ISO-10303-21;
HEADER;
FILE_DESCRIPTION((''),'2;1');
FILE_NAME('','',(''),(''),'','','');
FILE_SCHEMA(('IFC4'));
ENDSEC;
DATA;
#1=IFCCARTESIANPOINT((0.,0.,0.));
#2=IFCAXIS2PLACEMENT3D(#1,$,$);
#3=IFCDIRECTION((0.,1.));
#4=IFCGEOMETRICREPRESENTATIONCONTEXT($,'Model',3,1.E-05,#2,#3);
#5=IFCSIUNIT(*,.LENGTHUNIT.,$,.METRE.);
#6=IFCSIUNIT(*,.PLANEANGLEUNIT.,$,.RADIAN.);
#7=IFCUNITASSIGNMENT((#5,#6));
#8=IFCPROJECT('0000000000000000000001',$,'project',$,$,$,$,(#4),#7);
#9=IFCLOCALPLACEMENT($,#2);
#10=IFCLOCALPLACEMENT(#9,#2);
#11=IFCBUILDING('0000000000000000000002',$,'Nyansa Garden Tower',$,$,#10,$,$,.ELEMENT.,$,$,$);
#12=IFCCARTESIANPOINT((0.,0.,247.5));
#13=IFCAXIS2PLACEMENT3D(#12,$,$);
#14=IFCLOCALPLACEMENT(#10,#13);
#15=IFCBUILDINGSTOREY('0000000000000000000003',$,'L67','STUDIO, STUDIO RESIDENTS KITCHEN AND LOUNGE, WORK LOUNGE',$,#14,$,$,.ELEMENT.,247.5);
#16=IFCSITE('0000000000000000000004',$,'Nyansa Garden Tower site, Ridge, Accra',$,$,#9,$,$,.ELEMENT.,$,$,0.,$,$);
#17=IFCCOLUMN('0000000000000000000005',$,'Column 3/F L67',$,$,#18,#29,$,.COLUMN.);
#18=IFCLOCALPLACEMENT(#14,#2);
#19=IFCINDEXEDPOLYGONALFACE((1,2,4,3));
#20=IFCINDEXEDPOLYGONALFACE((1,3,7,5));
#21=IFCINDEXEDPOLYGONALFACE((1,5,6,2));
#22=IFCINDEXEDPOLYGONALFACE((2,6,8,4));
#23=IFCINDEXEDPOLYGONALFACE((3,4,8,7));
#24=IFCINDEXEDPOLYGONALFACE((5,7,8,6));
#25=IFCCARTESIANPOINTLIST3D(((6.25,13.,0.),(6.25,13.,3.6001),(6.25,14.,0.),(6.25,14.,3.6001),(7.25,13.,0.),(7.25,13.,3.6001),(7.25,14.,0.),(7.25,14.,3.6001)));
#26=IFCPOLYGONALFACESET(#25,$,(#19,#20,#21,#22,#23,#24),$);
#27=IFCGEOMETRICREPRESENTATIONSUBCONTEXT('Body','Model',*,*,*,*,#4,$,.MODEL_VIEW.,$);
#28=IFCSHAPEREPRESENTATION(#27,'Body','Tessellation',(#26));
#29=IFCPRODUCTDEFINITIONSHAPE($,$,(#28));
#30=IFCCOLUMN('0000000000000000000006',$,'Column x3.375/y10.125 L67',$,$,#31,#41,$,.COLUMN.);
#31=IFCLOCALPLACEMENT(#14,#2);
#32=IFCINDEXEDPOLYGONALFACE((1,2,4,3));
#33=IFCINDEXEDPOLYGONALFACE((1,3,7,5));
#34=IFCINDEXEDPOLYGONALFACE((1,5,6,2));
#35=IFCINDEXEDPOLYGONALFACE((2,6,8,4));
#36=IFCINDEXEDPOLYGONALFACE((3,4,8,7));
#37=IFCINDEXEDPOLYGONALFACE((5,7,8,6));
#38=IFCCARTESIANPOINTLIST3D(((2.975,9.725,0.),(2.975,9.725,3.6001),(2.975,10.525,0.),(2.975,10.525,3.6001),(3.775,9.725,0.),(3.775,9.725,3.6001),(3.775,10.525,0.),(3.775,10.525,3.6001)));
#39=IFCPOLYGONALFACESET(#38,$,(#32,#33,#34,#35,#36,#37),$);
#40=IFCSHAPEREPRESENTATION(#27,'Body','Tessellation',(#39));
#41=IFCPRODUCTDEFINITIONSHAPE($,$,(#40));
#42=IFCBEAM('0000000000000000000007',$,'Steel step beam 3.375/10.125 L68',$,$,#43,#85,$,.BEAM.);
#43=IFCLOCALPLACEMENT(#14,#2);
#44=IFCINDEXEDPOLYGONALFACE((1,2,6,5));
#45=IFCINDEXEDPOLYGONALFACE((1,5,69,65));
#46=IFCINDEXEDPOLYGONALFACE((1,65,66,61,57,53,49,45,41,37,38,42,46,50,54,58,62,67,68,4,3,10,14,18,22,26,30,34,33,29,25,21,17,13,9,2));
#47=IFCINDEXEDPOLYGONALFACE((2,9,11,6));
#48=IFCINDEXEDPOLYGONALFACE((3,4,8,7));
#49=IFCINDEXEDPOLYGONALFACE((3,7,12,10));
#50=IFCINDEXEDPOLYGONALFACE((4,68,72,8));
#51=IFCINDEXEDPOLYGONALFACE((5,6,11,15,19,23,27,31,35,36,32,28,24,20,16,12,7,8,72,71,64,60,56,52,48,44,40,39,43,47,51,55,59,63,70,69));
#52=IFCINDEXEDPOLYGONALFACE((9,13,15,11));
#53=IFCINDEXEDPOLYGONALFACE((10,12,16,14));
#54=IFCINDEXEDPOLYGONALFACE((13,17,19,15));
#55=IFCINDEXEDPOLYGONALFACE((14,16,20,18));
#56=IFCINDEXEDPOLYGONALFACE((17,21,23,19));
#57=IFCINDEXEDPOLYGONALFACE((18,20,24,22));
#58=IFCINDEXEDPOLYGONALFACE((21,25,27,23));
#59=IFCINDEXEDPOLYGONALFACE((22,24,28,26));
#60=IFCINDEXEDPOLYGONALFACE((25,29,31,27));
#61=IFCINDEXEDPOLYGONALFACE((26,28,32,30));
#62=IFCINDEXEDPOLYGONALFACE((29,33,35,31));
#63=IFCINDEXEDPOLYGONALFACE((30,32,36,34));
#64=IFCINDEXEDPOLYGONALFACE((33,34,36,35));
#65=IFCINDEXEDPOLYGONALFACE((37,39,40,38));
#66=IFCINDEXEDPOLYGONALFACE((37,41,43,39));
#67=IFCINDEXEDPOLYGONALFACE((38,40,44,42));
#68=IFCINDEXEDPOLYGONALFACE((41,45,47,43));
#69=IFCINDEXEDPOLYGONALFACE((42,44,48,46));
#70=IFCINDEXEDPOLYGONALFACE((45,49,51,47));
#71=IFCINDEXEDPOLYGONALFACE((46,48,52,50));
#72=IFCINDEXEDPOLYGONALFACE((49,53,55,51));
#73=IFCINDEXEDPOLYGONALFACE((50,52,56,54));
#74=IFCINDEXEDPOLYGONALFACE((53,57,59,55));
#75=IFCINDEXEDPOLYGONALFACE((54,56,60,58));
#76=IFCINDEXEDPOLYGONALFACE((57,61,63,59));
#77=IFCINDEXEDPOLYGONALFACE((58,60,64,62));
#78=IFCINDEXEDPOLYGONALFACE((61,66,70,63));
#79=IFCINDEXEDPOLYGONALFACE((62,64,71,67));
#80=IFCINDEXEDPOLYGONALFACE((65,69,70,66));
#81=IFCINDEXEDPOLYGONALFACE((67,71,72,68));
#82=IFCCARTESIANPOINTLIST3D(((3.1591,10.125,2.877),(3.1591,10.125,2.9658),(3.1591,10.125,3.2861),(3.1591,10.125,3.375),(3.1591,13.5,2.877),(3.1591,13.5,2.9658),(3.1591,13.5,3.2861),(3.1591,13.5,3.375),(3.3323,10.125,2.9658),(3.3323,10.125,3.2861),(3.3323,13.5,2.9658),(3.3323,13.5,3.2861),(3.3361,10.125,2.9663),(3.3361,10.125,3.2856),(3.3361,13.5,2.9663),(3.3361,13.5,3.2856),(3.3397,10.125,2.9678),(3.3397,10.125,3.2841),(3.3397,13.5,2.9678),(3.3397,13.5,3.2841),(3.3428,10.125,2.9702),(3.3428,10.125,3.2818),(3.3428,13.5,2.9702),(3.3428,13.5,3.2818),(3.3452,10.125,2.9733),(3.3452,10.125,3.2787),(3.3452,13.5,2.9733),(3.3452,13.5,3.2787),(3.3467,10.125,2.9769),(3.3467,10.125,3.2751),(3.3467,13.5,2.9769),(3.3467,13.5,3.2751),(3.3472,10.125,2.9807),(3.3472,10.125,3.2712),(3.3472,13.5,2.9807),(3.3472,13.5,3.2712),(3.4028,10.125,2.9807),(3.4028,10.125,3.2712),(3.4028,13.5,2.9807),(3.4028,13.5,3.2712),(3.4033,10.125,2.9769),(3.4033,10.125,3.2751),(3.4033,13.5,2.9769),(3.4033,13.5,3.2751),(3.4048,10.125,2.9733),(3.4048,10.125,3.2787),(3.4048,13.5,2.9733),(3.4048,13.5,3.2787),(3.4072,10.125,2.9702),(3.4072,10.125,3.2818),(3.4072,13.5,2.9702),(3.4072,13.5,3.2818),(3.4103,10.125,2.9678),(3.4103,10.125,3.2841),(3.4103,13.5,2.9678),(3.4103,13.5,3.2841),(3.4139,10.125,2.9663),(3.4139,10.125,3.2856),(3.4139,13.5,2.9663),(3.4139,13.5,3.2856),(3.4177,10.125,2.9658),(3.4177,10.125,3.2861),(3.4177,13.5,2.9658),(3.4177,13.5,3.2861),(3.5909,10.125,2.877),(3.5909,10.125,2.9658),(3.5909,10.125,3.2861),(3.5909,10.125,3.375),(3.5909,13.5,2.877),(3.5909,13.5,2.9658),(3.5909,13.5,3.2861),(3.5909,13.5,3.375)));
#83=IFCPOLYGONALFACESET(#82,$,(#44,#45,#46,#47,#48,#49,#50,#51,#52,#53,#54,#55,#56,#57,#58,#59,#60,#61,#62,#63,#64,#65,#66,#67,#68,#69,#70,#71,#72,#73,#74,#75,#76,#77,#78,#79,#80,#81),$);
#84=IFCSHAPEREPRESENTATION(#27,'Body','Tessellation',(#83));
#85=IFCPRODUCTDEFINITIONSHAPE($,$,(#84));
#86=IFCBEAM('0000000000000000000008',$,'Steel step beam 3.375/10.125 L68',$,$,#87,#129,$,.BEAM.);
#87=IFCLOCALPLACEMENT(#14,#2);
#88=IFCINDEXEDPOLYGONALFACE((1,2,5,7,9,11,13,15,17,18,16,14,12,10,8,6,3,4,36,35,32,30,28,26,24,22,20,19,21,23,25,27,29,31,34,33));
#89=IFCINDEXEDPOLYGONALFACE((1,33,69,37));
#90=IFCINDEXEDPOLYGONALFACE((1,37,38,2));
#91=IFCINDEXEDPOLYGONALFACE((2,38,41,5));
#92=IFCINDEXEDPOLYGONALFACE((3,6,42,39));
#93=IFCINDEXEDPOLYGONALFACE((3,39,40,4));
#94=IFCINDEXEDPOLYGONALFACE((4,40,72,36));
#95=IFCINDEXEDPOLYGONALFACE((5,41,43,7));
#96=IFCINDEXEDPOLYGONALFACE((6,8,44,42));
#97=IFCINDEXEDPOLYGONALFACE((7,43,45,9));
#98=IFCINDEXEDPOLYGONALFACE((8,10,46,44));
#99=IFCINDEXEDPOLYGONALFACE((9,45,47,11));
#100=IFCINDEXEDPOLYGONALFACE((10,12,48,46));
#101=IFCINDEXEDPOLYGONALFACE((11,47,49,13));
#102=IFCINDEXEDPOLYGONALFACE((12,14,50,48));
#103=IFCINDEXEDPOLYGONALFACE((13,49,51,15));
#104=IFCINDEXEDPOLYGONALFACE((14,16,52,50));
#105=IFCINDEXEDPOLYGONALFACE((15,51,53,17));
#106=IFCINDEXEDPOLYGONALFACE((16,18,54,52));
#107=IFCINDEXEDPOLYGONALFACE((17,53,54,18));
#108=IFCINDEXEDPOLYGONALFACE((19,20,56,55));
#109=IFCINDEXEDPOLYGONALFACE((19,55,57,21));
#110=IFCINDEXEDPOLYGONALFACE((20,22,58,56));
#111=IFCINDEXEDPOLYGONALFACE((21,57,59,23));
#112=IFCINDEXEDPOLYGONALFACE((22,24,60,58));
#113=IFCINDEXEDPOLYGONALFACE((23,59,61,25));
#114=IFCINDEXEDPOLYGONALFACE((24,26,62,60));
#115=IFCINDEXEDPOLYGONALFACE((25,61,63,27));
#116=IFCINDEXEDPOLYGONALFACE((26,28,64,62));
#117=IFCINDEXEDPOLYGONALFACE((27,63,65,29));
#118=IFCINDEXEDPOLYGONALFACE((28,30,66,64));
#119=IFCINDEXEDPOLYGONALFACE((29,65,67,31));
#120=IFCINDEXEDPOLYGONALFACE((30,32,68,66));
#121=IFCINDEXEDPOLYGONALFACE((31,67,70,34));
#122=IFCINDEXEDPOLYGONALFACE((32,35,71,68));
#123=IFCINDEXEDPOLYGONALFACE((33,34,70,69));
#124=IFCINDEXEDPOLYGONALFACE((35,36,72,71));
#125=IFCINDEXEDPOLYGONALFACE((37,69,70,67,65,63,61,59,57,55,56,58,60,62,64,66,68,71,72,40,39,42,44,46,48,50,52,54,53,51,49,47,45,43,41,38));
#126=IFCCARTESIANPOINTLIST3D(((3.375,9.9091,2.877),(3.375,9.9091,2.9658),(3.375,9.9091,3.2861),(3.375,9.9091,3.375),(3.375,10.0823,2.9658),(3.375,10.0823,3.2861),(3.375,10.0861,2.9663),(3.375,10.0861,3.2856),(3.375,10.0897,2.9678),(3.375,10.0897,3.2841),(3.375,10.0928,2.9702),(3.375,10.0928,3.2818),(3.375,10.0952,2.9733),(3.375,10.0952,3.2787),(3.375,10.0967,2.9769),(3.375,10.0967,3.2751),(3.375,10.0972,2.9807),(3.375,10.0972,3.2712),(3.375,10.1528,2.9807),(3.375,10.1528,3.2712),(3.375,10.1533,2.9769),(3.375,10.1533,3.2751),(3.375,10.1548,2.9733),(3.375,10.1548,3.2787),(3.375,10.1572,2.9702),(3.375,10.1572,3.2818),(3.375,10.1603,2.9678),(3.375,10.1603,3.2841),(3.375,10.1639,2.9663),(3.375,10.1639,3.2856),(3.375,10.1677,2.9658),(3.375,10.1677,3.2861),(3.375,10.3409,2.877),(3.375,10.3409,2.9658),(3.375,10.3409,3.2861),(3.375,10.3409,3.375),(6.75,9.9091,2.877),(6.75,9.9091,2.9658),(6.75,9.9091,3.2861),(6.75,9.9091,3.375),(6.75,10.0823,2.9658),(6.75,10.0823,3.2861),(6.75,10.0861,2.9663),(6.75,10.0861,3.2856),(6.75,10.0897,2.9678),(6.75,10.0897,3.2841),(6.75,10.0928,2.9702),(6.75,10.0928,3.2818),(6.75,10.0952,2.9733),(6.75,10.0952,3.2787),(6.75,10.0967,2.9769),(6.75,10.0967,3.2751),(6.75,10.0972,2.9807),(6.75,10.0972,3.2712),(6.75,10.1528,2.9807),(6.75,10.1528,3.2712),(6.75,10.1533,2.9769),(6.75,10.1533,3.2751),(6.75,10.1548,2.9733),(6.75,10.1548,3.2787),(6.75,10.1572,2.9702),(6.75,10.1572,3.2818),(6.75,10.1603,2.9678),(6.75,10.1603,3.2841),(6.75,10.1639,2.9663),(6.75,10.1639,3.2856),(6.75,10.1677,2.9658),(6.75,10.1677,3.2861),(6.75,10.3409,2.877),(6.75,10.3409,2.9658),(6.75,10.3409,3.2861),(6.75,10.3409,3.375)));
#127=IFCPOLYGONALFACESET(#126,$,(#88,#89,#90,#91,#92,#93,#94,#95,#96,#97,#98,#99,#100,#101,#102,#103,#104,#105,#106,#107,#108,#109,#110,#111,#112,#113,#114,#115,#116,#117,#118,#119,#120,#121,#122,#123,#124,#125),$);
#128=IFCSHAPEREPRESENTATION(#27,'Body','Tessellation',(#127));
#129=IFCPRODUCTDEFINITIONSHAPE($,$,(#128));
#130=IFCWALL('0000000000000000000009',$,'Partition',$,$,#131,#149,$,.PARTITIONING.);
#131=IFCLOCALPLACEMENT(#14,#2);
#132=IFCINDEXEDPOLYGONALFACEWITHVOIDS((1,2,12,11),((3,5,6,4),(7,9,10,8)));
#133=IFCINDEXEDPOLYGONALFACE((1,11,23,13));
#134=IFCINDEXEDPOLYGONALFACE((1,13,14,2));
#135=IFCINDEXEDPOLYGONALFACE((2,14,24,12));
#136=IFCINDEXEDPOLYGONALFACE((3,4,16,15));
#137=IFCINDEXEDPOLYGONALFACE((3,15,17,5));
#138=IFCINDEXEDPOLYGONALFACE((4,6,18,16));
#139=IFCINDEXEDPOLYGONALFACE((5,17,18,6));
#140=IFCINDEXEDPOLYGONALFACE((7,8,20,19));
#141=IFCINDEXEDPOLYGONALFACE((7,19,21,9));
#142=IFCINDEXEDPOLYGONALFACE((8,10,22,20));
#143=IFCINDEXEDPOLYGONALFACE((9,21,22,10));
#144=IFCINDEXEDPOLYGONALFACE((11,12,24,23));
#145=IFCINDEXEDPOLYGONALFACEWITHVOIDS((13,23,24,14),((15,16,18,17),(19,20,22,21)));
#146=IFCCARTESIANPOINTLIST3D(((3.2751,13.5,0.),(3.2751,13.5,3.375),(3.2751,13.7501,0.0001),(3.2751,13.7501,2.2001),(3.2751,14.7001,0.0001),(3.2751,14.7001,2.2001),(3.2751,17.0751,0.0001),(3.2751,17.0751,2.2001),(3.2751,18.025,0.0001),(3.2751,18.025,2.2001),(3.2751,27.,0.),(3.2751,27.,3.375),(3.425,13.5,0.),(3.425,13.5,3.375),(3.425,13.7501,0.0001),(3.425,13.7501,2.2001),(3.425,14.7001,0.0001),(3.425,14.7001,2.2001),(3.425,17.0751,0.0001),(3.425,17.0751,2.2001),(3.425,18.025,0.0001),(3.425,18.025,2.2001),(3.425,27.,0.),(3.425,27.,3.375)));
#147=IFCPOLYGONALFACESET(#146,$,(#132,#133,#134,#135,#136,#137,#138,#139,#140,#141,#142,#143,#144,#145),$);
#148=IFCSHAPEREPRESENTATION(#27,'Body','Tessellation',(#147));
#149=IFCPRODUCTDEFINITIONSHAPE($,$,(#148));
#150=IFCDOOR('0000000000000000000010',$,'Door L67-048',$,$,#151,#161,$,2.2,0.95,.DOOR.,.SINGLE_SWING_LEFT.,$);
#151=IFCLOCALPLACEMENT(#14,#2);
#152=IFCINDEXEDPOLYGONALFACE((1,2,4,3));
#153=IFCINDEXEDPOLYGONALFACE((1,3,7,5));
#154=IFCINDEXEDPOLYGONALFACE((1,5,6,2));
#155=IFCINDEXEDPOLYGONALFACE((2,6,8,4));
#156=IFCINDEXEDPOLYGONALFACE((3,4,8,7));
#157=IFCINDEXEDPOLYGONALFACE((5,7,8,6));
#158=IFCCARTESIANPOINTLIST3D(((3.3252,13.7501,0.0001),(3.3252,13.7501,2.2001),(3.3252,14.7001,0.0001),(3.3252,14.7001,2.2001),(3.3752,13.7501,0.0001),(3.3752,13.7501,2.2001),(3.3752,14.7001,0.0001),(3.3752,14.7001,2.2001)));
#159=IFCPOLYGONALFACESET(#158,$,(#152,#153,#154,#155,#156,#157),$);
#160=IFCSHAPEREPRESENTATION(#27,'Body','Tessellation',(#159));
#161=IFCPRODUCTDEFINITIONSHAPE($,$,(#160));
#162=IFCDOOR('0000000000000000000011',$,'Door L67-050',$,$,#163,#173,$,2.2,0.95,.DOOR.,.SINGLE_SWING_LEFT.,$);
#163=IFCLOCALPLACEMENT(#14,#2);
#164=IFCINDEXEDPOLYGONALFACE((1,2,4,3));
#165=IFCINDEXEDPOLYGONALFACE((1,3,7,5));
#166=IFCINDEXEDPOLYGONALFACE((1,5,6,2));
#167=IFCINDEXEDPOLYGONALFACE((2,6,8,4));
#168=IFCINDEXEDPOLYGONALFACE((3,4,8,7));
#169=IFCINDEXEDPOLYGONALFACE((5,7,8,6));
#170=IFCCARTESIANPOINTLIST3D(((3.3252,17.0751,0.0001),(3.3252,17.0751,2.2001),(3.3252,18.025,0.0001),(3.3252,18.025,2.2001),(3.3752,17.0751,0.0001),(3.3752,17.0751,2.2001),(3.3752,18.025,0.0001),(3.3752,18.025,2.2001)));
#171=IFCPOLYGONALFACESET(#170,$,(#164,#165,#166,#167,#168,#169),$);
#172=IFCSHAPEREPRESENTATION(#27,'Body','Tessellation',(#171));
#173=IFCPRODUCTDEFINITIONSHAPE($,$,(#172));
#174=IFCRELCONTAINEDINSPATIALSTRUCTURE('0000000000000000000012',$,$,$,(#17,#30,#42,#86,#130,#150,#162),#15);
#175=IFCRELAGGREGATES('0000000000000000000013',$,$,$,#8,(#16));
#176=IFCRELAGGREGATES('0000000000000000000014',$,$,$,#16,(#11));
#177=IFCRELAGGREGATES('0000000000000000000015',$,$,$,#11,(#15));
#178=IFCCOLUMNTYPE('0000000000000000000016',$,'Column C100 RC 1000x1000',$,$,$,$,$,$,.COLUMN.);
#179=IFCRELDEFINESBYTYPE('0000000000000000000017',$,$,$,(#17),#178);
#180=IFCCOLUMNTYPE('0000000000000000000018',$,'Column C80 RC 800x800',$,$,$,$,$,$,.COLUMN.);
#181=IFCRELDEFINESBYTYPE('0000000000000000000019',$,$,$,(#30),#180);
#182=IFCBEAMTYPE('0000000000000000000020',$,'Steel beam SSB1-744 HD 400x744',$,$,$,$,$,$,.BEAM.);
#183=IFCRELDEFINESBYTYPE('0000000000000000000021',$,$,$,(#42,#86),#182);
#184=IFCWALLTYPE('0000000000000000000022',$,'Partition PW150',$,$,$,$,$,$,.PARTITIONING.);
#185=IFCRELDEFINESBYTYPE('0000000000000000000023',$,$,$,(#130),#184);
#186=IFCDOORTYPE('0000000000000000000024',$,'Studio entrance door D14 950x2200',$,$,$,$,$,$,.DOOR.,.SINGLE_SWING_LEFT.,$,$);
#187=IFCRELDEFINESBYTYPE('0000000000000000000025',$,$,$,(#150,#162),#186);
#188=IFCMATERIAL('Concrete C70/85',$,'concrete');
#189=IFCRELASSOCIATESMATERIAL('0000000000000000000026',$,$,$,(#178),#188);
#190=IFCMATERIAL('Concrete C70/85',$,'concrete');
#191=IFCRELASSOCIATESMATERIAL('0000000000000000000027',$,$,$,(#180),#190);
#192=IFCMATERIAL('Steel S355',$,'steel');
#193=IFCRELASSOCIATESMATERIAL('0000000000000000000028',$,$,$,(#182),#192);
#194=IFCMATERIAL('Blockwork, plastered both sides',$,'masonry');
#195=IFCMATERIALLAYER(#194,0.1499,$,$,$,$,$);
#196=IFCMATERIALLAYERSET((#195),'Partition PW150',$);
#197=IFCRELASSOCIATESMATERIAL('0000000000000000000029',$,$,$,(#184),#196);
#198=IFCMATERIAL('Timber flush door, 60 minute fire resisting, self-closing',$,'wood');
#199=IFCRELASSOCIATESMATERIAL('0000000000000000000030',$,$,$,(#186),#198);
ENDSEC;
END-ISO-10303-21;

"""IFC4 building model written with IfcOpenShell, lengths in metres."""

from ifc_helpers import new_model, si_unit, direction, frame, frame_2d, origin, origin_2d, place, context, subcontext, project, spatial, rectangle, i_section, extrude, material, layer, layer_set, material_profile, profile_set, type_object, element, fill, save


model = new_model("IFC4")

# Units and contexts
model_context = context("Model", 3, precision=1e-05, world=origin(), true_north=direction((0.0, 1.0)))
body_context = subcontext(model_context, "Body", "Model", "MODEL_VIEW")
ifc_project = project(units=[si_unit("LENGTHUNIT", "METRE"), si_unit("PLANEANGLEUNIT", "RADIAN")], contexts=[model_context])

# Site, building, storey
site_placement = place(None, origin())
site = spatial("IfcSite", under=ifc_project, at=site_placement, Name="Nyansa Garden Tower site, Ridge, Accra", CompositionType="ELEMENT", RefElevation=0.0)
building_placement = place(site_placement, origin())
building = spatial("IfcBuilding", under=site, at=building_placement, Name="Nyansa Garden Tower", CompositionType="ELEMENT")
storey_placement = place(building_placement, frame((0.0, 0.0, 247.5)))
storey = spatial("IfcBuildingStorey", under=building, at=storey_placement, Name="L67", Description="STUDIO, STUDIO RESIDENTS KITCHEN AND LOUNGE, WORK LOUNGE", CompositionType="ELEMENT", Elevation=247.5)

# Columns
ifc_material_1 = material(Name="Concrete C70/85", Category="concrete")
ifc_material_profile_1 = material_profile(ifc_material_1, rectangle(XDim=1.0, YDim=1.0, at=origin_2d()), Name="RC 1000x1000")
ifc_profile_set_1 = profile_set([ifc_material_profile_1], Name="Concrete C70/85")
column_type_1 = type_object("IfcColumnType", Name="Column C100 RC 1000x1000", PredefinedType="COLUMN", material=ifc_profile_set_1)
column_1_placement = place(storey_placement, frame((6.75, 13.5, 0.0), z_axis=(0.0, 0.0, 1.0), x_axis=(1.0, 0.0, 0.0)))
element("IfcColumn", 1, at=column_1_placement, inside=storey, type_object=column_type_1, Name="Column 3/F L67", PredefinedType="COLUMN", context=body_context, shape_type="SweptSolid", body=[
    extrude(rectangle(XDim=1.0, YDim=1.0, at=origin_2d()), origin(), (0.0, 0.0, 1.0), 3.6001),
])
ifc_material_2 = material(Name="Concrete C70/85", Category="concrete")
ifc_material_profile_2 = material_profile(ifc_material_2, rectangle(XDim=0.8, YDim=0.8, at=origin_2d()), Name="RC 800x800")
ifc_profile_set_2 = profile_set([ifc_material_profile_2], Name="Concrete C70/85")
column_type_2 = type_object("IfcColumnType", Name="Column C80 RC 800x800", PredefinedType="COLUMN", material=ifc_profile_set_2)
column_2_placement = place(storey_placement, frame((3.375, 10.125, 0.0), z_axis=(0.0, 0.0, 1.0), x_axis=(1.0, 0.0, 0.0)))
element("IfcColumn", 2, at=column_2_placement, inside=storey, type_object=column_type_2, Name="Column x3.375/y10.125 L67", PredefinedType="COLUMN", context=body_context, shape_type="SweptSolid", body=[
    extrude(rectangle(XDim=0.8, YDim=0.8, at=origin_2d()), origin(), (0.0, 0.0, 1.0), 3.6001),
])

# Beams
ifc_material_3 = material(Name="Steel S355", Category="steel")
ifc_material_profile_3 = material_profile(ifc_material_3, i_section(OverallWidth=0.4319, OverallDepth=0.498, WebThickness=0.0557, FlangeThickness=0.0889, FilletRadius=0.0149, at=origin_2d()), Name="HD 400x744")
ifc_profile_set_3 = profile_set([ifc_material_profile_3], Name="Steel S355")
beam_type = type_object("IfcBeamType", Name="Steel beam SSB1-744 HD 400x744", PredefinedType="BEAM", material=ifc_profile_set_3)
for number, where, z_axis, x_axis, name in (
    (3, (3.375, 10.125, 3.126), (0.0, 1.0, 0.0), (-1.0, 0.0, 0.0), "Steel step beam 3.375/10.125 L68"),
    (4, (3.375, 10.125, 3.126), (1.0, 0.0, 0.0), (0.0, 1.0, 0.0), "Steel step beam 3.375/10.125 L68"),
):
    element("IfcBeam", number, at=place(storey_placement, frame(where, z_axis=z_axis, x_axis=x_axis)), inside=storey, type_object=beam_type, Name=name, PredefinedType="BEAM", context=body_context, shape_type="SweptSolid", body=[
        extrude(i_section(OverallWidth=0.4319, OverallDepth=0.498, WebThickness=0.0557, FlangeThickness=0.0889, FilletRadius=0.0149, at=origin_2d()), origin(), (0.0, 0.0, 1.0), 3.375),
    ])

# Wall, openings, doors
ifc_material_4 = material(Name="Blockwork, plastered both sides", Category="masonry")
ifc_layer = layer(ifc_material_4, 0.1499)
ifc_layer_set = layer_set([ifc_layer], Name="Partition PW150")
wall_type = type_object("IfcWallType", Name="Partition PW150", PredefinedType="PARTITIONING", material=ifc_layer_set)
wall_1_placement = place(storey_placement, frame((3.3501, 13.5, 0.0), z_axis=(0.0, 0.0, 1.0), x_axis=(0.0, 1.0, 0.0)))
wall_1 = element("IfcWall", 5, at=wall_1_placement, inside=storey, type_object=wall_type, Name="Partition", PredefinedType="PARTITIONING", context=body_context, shape_type="SweptSolid", body=[
    extrude(rectangle(XDim=13.5, YDim=0.1499, at=frame_2d((6.75, 0.0))), origin(), (0.0, 0.0, 1.0), 3.375),
])
opening_1_placement = place(wall_1_placement, frame((0.25, 0.0, 0.0)))
opening_1 = element("IfcOpeningElement", 6, at=opening_1_placement, cuts=wall_1, PredefinedType="OPENING", context=body_context, shape_type="SweptSolid", body=[
    extrude(rectangle(XDim=0.95, YDim=2.2, at=frame_2d((0.4751, 1.1001))), frame((0.0, 0.085, 0.0), z_axis=(0.0, -1.0, 0.0), x_axis=(1.0, 0.0, 0.0)), (0.0, 0.0, 1.0), 0.1699),
])
opening_2_placement = place(wall_1_placement, frame((3.575, 0.0, 0.0)))
opening_2 = element("IfcOpeningElement", 7, at=opening_2_placement, cuts=wall_1, PredefinedType="OPENING", context=body_context, shape_type="SweptSolid", body=[
    extrude(rectangle(XDim=0.95, YDim=2.2, at=frame_2d((0.4751, 1.1001))), frame((0.0, 0.085, 0.0), z_axis=(0.0, -1.0, 0.0), x_axis=(1.0, 0.0, 0.0)), (0.0, 0.0, 1.0), 0.1699),
])
ifc_material_5 = material(Name="Timber flush door, 60 minute fire resisting, self-closing", Category="wood")
door_type_1 = type_object("IfcDoorType", Name="Studio entrance door D14 950x2200", OperationType="SINGLE_SWING_LEFT", PredefinedType="DOOR", material=ifc_material_5)
door_1_placement = place(opening_1_placement, origin())
door_1 = element("IfcDoor", 8, at=door_1_placement, inside=storey, type_object=door_type_1, Name="Door L67-048", OperationType="SINGLE_SWING_LEFT", OverallHeight=2.2, OverallWidth=0.95, PredefinedType="DOOR", context=body_context, shape_type="SweptSolid", body=[
    extrude(rectangle(XDim=0.95, YDim=2.2, at=frame_2d((0.4751, 1.1001))), frame((0.0, 0.0249, 0.0), z_axis=(0.0, -1.0, 0.0), x_axis=(1.0, 0.0, 0.0)), (0.0, 0.0, 1.0), 0.05),
])
fill(opening_1, door_1)
door_2_placement = place(opening_2_placement, origin())
door_2 = element("IfcDoor", 9, at=door_2_placement, inside=storey, type_object=door_type_1, Name="Door L67-050", OperationType="SINGLE_SWING_LEFT", OverallHeight=2.2, OverallWidth=0.95, PredefinedType="DOOR", context=body_context, shape_type="SweptSolid", body=[
    extrude(rectangle(XDim=0.95, YDim=2.2, at=frame_2d((0.4751, 1.1001))), frame((0.0, 0.0249, 0.0), z_axis=(0.0, -1.0, 0.0), x_axis=(1.0, 0.0, 0.0)), (0.0, 0.0, 1.0), 0.05),
])
fill(opening_2, door_2)

save(model, "model.ifc")
